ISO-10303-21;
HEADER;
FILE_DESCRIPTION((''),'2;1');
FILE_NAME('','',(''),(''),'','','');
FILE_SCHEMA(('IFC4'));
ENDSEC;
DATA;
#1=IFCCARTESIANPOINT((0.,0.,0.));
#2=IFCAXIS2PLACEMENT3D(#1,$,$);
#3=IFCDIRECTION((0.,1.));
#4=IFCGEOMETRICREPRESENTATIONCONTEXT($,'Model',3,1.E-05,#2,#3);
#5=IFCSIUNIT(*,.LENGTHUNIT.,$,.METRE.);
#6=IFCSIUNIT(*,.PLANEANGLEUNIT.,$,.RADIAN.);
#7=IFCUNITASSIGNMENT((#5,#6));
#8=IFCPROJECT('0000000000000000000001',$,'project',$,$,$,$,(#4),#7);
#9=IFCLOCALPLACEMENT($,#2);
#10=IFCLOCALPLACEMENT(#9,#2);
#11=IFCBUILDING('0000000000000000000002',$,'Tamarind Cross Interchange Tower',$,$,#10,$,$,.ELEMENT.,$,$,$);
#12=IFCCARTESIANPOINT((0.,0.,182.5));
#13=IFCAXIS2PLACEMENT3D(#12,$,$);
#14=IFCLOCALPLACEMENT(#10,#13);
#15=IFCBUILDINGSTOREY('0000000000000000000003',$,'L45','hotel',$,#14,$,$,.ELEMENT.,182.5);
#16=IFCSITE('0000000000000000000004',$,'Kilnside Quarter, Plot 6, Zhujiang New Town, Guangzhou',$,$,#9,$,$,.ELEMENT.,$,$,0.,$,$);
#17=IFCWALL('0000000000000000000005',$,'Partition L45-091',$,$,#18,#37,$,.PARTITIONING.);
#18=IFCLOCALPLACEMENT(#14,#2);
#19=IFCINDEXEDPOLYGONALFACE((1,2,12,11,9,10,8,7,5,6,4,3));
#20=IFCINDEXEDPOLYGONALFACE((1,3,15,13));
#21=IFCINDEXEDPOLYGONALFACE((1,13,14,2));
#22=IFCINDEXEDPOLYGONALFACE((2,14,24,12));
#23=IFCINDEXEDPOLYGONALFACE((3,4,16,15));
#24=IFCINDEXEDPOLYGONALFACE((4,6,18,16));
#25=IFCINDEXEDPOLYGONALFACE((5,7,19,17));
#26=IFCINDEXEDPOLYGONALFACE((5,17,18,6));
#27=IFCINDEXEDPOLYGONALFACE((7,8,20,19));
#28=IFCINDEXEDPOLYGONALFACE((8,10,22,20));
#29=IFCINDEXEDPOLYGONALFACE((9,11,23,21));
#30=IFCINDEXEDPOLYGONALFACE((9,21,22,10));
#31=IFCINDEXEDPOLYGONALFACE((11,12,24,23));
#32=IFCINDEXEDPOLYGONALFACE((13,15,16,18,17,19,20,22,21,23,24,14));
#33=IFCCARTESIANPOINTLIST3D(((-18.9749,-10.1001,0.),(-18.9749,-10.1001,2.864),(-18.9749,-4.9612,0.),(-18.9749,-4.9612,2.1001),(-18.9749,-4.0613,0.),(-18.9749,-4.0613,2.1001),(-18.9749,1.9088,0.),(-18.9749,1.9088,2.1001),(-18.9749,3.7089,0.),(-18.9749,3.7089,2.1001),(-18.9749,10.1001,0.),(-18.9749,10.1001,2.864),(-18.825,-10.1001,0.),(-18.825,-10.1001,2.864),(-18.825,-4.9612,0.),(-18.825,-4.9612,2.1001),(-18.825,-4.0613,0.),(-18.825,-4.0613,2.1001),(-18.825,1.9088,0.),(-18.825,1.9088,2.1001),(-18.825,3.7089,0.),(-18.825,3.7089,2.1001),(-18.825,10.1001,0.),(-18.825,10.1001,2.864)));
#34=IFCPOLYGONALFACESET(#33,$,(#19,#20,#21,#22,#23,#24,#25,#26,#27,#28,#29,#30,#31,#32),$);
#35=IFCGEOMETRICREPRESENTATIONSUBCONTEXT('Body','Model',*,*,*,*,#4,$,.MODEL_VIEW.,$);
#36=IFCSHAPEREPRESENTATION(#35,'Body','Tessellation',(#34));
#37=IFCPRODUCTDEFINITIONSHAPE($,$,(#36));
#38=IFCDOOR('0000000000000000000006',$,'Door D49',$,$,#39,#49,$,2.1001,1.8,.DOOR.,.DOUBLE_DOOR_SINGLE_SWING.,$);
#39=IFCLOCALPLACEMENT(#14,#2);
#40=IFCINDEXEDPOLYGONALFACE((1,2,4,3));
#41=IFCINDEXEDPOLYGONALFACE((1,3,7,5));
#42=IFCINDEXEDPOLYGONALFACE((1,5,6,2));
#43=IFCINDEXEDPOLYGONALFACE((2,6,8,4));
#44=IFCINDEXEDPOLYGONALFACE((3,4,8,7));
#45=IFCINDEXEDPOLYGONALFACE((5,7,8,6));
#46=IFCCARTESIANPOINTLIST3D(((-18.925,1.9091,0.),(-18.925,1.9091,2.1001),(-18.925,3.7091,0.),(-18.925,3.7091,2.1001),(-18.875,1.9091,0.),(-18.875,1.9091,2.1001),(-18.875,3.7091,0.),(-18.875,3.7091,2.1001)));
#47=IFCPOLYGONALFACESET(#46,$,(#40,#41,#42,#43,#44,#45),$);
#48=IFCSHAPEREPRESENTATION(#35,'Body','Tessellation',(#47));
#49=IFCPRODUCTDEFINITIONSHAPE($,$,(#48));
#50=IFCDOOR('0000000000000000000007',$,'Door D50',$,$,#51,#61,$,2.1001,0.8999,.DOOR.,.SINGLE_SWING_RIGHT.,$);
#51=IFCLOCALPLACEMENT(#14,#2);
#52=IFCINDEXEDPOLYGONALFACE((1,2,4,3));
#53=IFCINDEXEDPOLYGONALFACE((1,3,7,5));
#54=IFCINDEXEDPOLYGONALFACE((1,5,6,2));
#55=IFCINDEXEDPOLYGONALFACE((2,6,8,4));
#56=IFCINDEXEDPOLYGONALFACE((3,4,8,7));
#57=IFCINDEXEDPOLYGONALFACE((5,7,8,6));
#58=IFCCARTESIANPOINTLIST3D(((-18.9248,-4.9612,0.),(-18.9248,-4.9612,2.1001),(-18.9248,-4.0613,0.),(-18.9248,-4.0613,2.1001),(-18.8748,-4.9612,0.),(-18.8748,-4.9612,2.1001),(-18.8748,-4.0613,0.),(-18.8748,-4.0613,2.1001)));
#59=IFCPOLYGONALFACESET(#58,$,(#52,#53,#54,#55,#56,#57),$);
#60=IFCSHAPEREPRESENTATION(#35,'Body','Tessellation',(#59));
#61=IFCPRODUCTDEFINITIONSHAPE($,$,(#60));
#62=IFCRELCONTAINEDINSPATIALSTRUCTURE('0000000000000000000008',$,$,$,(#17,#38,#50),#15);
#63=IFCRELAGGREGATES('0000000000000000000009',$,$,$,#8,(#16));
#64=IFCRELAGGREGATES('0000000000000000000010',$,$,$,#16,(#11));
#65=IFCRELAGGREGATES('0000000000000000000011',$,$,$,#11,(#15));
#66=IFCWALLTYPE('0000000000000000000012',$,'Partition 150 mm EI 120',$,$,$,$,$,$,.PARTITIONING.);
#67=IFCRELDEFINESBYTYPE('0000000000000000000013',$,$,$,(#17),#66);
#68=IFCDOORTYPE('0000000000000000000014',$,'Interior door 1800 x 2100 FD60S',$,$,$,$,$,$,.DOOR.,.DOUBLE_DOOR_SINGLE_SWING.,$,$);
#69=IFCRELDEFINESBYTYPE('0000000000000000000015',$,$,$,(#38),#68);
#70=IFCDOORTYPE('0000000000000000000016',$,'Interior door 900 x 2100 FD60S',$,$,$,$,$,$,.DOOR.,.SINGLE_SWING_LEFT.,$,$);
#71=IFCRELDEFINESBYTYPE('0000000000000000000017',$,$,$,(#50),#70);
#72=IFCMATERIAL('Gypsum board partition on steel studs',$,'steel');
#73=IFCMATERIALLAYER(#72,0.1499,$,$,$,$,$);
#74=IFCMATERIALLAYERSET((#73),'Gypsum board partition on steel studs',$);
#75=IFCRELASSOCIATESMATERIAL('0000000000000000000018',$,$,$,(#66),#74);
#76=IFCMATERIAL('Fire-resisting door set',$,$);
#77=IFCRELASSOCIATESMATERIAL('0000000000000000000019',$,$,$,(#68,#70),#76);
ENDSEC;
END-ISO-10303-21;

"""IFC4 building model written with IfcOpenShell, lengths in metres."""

from ifc_helpers import new_model, si_unit, direction, frame, frame_2d, origin, place, context, subcontext, project, spatial, rectangle, extrude, material, layer, layer_set, type_object, element, fill, save


model = new_model("IFC4")

# Units and contexts
model_context = context("Model", 3, precision=1e-05, world=origin(), true_north=direction((0.0, 1.0)))
body_context = subcontext(model_context, "Body", "Model", "MODEL_VIEW")
ifc_project = project(units=[si_unit("LENGTHUNIT", "METRE"), si_unit("PLANEANGLEUNIT", "RADIAN")], contexts=[model_context])

# Site, building, storey
site_placement = place(None, origin())
site = spatial("IfcSite", under=ifc_project, at=site_placement, Name="Kilnside Quarter, Plot 6, Zhujiang New Town, Guangzhou", CompositionType="ELEMENT", RefElevation=0.0)
building_placement = place(site_placement, origin())
building = spatial("IfcBuilding", under=site, at=building_placement, Name="Tamarind Cross Interchange Tower", CompositionType="ELEMENT")
storey_placement = place(building_placement, frame((0.0, 0.0, 182.5)))
storey = spatial("IfcBuildingStorey", under=building, at=storey_placement, Name="L45", Description="hotel", CompositionType="ELEMENT", Elevation=182.5)

# Shared definitions
ifc_material_1 = material(Name="Gypsum board partition on steel studs", Category="steel")
ifc_layer_1 = layer(ifc_material_1, 0.1499)
ifc_layer_set_1 = layer_set([ifc_layer_1], Name="Gypsum board partition on steel studs")
wall_type_1 = type_object("IfcWallType", Name="Partition 150 mm EI 120", PredefinedType="PARTITIONING", material=ifc_layer_set_1)

# Shared definitions
ifc_material_2 = material(Name="Fire-resisting door set")
door_type_1 = type_object("IfcDoorType", Name="Interior door 1800 x 2100 FD60S", OperationType="DOUBLE_DOOR_SINGLE_SWING", PredefinedType="DOOR", material=ifc_material_2)

# Wall, openings, doors
wall_1_placement = place(storey_placement, frame((-18.8999, -10.1001, 0.0), z_axis=(0.0, 0.0, 1.0), x_axis=(0.0, 1.0, 0.0)))
wall_1 = element("IfcWall", 1, at=wall_1_placement, inside=storey, type_object=wall_type_1, Name="Partition L45-091", PredefinedType="PARTITIONING", context=body_context, shape_type="SweptSolid", body=[
    extrude(rectangle(XDim=20.2002, YDim=0.1499, at=frame_2d((10.1001, 0.0))), origin(), (0.0, 0.0, 1.0), 2.864),
])
opening_1_placement = place(wall_1_placement, frame((12.009, 0.0, 0.0)))
opening_1 = element("IfcOpeningElement", 2, at=opening_1_placement, cuts=wall_1, PredefinedType="OPENING", context=body_context, shape_type="SweptSolid", body=[
    extrude(rectangle(XDim=1.8, YDim=2.1001, at=frame_2d((0.8999, 1.05))), frame((0.0, 0.085, 0.0), z_axis=(0.0, -1.0, 0.0), x_axis=(1.0, 0.0, 0.0)), (0.0, 0.0, 1.0), 0.1699),
])
opening_2_placement = place(wall_1_placement, frame((5.1389, 0.0, 0.0)))
opening_2 = element("IfcOpeningElement", 3, at=opening_2_placement, cuts=wall_1, PredefinedType="OPENING", context=body_context, shape_type="SweptSolid", body=[
    extrude(rectangle(XDim=0.8999, YDim=2.1001, at=frame_2d((0.45, 1.05))), frame((0.0, 0.085, 0.0), z_axis=(0.0, -1.0, 0.0), x_axis=(1.0, 0.0, 0.0)), (0.0, 0.0, 1.0), 0.1699),
])
door_1_placement = place(opening_1_placement, frame((1.8, 0.0, 0.0), z_axis=(0.0, 0.0, 1.0), x_axis=(-1.0, 0.0, 0.0)))
door_1 = element("IfcDoor", 4, at=door_1_placement, inside=storey, type_object=door_type_1, Name="Door D49", OperationType="DOUBLE_DOOR_SINGLE_SWING", OverallHeight=2.1001, OverallWidth=1.8, PredefinedType="DOOR", context=body_context, shape_type="SweptSolid", body=[
    extrude(rectangle(XDim=1.8, YDim=2.1001, at=frame_2d((0.8999, 1.05))), frame((0.0, 0.0249, 0.0), z_axis=(0.0, -1.0, 0.0), x_axis=(1.0, 0.0, 0.0)), (0.0, 0.0, 1.0), 0.05),
])
fill(opening_1, door_1)
door_type_2 = type_object("IfcDoorType", Name="Interior door 900 x 2100 FD60S", OperationType="SINGLE_SWING_LEFT", PredefinedType="DOOR", material=ifc_material_2)
door_2_placement = place(opening_2_placement, origin())
door_2 = element("IfcDoor", 5, at=door_2_placement, inside=storey, type_object=door_type_2, Name="Door D50", OperationType="SINGLE_SWING_RIGHT", OverallHeight=2.1001, OverallWidth=0.8999, PredefinedType="DOOR", context=body_context, shape_type="SweptSolid", body=[
    extrude(rectangle(XDim=0.8999, YDim=2.1001, at=frame_2d((0.45, 1.05))), frame((0.0, 0.0249, 0.0), z_axis=(0.0, -1.0, 0.0), x_axis=(1.0, 0.0, 0.0)), (0.0, 0.0, 1.0), 0.05),
])
fill(opening_2, door_2)

save(model, "model.ifc")
